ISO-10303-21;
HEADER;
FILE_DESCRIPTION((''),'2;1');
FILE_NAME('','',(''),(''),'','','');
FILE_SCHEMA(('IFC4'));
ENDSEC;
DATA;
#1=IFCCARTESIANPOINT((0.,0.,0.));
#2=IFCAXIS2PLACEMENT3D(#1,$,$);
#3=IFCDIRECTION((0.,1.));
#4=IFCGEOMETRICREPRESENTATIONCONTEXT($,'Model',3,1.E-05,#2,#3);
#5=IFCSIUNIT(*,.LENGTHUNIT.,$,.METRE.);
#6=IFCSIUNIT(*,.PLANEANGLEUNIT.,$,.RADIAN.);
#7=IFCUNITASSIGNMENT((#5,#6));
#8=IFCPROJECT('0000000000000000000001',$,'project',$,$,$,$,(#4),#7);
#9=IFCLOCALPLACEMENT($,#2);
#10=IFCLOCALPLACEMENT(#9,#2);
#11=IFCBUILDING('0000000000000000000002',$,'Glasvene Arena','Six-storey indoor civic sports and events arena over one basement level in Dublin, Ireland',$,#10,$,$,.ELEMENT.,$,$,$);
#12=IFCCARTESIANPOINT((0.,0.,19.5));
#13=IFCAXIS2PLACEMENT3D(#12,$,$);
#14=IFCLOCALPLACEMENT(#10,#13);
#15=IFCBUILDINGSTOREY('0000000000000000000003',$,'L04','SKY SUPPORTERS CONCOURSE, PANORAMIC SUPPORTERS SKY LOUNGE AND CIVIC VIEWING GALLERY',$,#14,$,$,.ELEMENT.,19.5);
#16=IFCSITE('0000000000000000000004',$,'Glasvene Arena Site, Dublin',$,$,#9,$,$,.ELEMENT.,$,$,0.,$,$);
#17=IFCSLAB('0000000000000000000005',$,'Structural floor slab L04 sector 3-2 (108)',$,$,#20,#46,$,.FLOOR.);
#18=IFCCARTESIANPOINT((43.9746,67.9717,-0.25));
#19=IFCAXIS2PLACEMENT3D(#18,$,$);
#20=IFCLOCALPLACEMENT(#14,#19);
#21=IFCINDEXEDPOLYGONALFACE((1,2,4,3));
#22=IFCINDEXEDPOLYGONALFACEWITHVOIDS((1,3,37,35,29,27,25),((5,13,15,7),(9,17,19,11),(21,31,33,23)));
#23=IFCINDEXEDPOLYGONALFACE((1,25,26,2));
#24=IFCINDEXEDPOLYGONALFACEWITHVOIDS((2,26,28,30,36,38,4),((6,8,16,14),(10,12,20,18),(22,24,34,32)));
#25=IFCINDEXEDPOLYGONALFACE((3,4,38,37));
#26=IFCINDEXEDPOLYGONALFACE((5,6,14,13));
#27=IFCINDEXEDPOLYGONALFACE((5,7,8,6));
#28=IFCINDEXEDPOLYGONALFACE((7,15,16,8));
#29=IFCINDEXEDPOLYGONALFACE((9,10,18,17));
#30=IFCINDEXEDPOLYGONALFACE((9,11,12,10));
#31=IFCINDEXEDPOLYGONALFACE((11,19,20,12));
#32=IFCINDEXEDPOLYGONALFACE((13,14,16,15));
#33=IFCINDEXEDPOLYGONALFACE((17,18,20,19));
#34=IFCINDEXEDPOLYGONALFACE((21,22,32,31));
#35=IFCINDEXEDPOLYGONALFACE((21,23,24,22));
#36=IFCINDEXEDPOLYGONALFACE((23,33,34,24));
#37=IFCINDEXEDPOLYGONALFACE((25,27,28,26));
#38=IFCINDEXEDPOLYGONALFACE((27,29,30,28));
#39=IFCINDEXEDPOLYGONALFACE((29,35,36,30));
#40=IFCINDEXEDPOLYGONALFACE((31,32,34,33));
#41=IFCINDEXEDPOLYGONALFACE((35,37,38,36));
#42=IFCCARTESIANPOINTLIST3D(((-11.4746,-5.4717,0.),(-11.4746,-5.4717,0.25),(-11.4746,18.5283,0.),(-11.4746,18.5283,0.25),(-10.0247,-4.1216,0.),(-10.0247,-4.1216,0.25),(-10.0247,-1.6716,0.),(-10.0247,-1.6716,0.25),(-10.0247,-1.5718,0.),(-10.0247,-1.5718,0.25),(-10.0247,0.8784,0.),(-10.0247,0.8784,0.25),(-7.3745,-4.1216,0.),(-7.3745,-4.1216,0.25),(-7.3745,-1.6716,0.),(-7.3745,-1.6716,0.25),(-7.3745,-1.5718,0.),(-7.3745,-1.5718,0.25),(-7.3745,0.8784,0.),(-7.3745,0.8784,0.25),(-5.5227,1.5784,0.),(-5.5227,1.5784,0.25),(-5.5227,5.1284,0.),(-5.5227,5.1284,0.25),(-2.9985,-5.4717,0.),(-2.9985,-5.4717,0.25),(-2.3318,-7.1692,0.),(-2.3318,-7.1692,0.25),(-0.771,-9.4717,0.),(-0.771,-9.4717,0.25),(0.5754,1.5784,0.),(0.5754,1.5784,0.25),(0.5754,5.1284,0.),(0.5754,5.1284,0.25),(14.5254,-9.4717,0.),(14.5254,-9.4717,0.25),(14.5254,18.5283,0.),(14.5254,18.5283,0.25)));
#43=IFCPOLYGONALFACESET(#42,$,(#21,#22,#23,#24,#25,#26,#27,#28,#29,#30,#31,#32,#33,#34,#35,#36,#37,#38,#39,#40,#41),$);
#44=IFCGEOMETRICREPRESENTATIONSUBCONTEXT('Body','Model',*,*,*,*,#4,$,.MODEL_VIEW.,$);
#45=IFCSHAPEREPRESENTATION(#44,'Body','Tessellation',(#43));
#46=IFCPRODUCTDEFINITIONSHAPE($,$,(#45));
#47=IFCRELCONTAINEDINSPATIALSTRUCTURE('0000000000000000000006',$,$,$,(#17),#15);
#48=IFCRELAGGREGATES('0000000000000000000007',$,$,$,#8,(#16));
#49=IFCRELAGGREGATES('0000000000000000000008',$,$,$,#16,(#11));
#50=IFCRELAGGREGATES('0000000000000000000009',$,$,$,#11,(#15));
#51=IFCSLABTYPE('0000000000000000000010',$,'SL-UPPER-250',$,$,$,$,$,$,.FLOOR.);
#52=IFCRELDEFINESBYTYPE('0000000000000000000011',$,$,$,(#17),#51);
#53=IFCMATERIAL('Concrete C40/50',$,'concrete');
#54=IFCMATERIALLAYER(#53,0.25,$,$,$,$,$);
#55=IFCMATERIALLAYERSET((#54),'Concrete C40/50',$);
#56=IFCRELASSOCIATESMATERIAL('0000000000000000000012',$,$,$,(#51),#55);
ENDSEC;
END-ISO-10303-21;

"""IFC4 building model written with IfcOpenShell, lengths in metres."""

from ifc_helpers import new_model, si_unit, direction, frame, origin, place, context, subcontext, project, spatial, polyline, outline, extrude, material, layer, layer_set, type_object, element, save


model = new_model("IFC4")

# Units and contexts
model_context = context("Model", 3, precision=1e-05, world=origin(), true_north=direction((0.0, 1.0)))
body_context = subcontext(model_context, "Body", "Model", "MODEL_VIEW")
ifc_project = project(units=[si_unit("LENGTHUNIT", "METRE"), si_unit("PLANEANGLEUNIT", "RADIAN")], contexts=[model_context])

# Site, building, storey
site_placement = place(None, origin())
site = spatial("IfcSite", under=ifc_project, at=site_placement, Name="Glasvene Arena Site, Dublin", CompositionType="ELEMENT", RefElevation=0.0)
building_placement = place(site_placement, origin())
building = spatial("IfcBuilding", under=site, at=building_placement, Name="Glasvene Arena", Description="Six-storey indoor civic sports and events arena over one basement level in Dublin, Ireland", CompositionType="ELEMENT")
storey_placement = place(building_placement, frame((0.0, 0.0, 19.5)))
storey = spatial("IfcBuildingStorey", under=building, at=storey_placement, Name="L04", Description="SKY SUPPORTERS CONCOURSE, PANORAMIC SUPPORTERS SKY LOUNGE AND CIVIC VIEWING GALLERY", CompositionType="ELEMENT", Elevation=19.5)

# Slab
ifc_material_1 = material(Name="Concrete C40/50", Category="concrete")
ifc_layer_1 = layer(ifc_material_1, 0.25)
ifc_layer_set_1 = layer_set([ifc_layer_1], Name="Concrete C40/50")
slab_type = type_object("IfcSlabType", Name="SL-UPPER-250", PredefinedType="FLOOR", material=ifc_layer_set_1)
slab_placement = place(storey_placement, frame((43.9746, 67.9717, -0.25)))
element("IfcSlab", 1, at=slab_placement, inside=storey, type_object=slab_type, Name="Structural floor slab L04 sector 3-2 (108)", PredefinedType="FLOOR", context=body_context, shape_type="SweptSolid", body=[
    extrude(outline(polyline([(-2.9985, -5.4717), (-11.4746, -5.4717), (-11.4746, 18.5283), (14.5254, 18.5283), (14.5254, -9.4717), (-0.771, -9.4717), (-2.3318, -7.1692), (-2.9985, -5.4717)]), holes=[polyline([(-7.3745, -4.1216), (-7.3745, -1.6716), (-10.0247, -1.6716), (-10.0247, -4.1216), (-7.3745, -4.1216)]), polyline([(-7.3745, 0.8784), (-10.0247, 0.8784), (-10.0247, -1.5718), (-7.3745, -1.5718), (-7.3745, 0.8784)]), polyline([(0.5754, 1.5784), (0.5754, 5.1284), (-5.5227, 5.1284), (-5.5227, 1.5784), (0.5754, 1.5784)])]), origin(), (0.0, 0.0, 1.0), 0.25),
])

save(model, "model.ifc")
